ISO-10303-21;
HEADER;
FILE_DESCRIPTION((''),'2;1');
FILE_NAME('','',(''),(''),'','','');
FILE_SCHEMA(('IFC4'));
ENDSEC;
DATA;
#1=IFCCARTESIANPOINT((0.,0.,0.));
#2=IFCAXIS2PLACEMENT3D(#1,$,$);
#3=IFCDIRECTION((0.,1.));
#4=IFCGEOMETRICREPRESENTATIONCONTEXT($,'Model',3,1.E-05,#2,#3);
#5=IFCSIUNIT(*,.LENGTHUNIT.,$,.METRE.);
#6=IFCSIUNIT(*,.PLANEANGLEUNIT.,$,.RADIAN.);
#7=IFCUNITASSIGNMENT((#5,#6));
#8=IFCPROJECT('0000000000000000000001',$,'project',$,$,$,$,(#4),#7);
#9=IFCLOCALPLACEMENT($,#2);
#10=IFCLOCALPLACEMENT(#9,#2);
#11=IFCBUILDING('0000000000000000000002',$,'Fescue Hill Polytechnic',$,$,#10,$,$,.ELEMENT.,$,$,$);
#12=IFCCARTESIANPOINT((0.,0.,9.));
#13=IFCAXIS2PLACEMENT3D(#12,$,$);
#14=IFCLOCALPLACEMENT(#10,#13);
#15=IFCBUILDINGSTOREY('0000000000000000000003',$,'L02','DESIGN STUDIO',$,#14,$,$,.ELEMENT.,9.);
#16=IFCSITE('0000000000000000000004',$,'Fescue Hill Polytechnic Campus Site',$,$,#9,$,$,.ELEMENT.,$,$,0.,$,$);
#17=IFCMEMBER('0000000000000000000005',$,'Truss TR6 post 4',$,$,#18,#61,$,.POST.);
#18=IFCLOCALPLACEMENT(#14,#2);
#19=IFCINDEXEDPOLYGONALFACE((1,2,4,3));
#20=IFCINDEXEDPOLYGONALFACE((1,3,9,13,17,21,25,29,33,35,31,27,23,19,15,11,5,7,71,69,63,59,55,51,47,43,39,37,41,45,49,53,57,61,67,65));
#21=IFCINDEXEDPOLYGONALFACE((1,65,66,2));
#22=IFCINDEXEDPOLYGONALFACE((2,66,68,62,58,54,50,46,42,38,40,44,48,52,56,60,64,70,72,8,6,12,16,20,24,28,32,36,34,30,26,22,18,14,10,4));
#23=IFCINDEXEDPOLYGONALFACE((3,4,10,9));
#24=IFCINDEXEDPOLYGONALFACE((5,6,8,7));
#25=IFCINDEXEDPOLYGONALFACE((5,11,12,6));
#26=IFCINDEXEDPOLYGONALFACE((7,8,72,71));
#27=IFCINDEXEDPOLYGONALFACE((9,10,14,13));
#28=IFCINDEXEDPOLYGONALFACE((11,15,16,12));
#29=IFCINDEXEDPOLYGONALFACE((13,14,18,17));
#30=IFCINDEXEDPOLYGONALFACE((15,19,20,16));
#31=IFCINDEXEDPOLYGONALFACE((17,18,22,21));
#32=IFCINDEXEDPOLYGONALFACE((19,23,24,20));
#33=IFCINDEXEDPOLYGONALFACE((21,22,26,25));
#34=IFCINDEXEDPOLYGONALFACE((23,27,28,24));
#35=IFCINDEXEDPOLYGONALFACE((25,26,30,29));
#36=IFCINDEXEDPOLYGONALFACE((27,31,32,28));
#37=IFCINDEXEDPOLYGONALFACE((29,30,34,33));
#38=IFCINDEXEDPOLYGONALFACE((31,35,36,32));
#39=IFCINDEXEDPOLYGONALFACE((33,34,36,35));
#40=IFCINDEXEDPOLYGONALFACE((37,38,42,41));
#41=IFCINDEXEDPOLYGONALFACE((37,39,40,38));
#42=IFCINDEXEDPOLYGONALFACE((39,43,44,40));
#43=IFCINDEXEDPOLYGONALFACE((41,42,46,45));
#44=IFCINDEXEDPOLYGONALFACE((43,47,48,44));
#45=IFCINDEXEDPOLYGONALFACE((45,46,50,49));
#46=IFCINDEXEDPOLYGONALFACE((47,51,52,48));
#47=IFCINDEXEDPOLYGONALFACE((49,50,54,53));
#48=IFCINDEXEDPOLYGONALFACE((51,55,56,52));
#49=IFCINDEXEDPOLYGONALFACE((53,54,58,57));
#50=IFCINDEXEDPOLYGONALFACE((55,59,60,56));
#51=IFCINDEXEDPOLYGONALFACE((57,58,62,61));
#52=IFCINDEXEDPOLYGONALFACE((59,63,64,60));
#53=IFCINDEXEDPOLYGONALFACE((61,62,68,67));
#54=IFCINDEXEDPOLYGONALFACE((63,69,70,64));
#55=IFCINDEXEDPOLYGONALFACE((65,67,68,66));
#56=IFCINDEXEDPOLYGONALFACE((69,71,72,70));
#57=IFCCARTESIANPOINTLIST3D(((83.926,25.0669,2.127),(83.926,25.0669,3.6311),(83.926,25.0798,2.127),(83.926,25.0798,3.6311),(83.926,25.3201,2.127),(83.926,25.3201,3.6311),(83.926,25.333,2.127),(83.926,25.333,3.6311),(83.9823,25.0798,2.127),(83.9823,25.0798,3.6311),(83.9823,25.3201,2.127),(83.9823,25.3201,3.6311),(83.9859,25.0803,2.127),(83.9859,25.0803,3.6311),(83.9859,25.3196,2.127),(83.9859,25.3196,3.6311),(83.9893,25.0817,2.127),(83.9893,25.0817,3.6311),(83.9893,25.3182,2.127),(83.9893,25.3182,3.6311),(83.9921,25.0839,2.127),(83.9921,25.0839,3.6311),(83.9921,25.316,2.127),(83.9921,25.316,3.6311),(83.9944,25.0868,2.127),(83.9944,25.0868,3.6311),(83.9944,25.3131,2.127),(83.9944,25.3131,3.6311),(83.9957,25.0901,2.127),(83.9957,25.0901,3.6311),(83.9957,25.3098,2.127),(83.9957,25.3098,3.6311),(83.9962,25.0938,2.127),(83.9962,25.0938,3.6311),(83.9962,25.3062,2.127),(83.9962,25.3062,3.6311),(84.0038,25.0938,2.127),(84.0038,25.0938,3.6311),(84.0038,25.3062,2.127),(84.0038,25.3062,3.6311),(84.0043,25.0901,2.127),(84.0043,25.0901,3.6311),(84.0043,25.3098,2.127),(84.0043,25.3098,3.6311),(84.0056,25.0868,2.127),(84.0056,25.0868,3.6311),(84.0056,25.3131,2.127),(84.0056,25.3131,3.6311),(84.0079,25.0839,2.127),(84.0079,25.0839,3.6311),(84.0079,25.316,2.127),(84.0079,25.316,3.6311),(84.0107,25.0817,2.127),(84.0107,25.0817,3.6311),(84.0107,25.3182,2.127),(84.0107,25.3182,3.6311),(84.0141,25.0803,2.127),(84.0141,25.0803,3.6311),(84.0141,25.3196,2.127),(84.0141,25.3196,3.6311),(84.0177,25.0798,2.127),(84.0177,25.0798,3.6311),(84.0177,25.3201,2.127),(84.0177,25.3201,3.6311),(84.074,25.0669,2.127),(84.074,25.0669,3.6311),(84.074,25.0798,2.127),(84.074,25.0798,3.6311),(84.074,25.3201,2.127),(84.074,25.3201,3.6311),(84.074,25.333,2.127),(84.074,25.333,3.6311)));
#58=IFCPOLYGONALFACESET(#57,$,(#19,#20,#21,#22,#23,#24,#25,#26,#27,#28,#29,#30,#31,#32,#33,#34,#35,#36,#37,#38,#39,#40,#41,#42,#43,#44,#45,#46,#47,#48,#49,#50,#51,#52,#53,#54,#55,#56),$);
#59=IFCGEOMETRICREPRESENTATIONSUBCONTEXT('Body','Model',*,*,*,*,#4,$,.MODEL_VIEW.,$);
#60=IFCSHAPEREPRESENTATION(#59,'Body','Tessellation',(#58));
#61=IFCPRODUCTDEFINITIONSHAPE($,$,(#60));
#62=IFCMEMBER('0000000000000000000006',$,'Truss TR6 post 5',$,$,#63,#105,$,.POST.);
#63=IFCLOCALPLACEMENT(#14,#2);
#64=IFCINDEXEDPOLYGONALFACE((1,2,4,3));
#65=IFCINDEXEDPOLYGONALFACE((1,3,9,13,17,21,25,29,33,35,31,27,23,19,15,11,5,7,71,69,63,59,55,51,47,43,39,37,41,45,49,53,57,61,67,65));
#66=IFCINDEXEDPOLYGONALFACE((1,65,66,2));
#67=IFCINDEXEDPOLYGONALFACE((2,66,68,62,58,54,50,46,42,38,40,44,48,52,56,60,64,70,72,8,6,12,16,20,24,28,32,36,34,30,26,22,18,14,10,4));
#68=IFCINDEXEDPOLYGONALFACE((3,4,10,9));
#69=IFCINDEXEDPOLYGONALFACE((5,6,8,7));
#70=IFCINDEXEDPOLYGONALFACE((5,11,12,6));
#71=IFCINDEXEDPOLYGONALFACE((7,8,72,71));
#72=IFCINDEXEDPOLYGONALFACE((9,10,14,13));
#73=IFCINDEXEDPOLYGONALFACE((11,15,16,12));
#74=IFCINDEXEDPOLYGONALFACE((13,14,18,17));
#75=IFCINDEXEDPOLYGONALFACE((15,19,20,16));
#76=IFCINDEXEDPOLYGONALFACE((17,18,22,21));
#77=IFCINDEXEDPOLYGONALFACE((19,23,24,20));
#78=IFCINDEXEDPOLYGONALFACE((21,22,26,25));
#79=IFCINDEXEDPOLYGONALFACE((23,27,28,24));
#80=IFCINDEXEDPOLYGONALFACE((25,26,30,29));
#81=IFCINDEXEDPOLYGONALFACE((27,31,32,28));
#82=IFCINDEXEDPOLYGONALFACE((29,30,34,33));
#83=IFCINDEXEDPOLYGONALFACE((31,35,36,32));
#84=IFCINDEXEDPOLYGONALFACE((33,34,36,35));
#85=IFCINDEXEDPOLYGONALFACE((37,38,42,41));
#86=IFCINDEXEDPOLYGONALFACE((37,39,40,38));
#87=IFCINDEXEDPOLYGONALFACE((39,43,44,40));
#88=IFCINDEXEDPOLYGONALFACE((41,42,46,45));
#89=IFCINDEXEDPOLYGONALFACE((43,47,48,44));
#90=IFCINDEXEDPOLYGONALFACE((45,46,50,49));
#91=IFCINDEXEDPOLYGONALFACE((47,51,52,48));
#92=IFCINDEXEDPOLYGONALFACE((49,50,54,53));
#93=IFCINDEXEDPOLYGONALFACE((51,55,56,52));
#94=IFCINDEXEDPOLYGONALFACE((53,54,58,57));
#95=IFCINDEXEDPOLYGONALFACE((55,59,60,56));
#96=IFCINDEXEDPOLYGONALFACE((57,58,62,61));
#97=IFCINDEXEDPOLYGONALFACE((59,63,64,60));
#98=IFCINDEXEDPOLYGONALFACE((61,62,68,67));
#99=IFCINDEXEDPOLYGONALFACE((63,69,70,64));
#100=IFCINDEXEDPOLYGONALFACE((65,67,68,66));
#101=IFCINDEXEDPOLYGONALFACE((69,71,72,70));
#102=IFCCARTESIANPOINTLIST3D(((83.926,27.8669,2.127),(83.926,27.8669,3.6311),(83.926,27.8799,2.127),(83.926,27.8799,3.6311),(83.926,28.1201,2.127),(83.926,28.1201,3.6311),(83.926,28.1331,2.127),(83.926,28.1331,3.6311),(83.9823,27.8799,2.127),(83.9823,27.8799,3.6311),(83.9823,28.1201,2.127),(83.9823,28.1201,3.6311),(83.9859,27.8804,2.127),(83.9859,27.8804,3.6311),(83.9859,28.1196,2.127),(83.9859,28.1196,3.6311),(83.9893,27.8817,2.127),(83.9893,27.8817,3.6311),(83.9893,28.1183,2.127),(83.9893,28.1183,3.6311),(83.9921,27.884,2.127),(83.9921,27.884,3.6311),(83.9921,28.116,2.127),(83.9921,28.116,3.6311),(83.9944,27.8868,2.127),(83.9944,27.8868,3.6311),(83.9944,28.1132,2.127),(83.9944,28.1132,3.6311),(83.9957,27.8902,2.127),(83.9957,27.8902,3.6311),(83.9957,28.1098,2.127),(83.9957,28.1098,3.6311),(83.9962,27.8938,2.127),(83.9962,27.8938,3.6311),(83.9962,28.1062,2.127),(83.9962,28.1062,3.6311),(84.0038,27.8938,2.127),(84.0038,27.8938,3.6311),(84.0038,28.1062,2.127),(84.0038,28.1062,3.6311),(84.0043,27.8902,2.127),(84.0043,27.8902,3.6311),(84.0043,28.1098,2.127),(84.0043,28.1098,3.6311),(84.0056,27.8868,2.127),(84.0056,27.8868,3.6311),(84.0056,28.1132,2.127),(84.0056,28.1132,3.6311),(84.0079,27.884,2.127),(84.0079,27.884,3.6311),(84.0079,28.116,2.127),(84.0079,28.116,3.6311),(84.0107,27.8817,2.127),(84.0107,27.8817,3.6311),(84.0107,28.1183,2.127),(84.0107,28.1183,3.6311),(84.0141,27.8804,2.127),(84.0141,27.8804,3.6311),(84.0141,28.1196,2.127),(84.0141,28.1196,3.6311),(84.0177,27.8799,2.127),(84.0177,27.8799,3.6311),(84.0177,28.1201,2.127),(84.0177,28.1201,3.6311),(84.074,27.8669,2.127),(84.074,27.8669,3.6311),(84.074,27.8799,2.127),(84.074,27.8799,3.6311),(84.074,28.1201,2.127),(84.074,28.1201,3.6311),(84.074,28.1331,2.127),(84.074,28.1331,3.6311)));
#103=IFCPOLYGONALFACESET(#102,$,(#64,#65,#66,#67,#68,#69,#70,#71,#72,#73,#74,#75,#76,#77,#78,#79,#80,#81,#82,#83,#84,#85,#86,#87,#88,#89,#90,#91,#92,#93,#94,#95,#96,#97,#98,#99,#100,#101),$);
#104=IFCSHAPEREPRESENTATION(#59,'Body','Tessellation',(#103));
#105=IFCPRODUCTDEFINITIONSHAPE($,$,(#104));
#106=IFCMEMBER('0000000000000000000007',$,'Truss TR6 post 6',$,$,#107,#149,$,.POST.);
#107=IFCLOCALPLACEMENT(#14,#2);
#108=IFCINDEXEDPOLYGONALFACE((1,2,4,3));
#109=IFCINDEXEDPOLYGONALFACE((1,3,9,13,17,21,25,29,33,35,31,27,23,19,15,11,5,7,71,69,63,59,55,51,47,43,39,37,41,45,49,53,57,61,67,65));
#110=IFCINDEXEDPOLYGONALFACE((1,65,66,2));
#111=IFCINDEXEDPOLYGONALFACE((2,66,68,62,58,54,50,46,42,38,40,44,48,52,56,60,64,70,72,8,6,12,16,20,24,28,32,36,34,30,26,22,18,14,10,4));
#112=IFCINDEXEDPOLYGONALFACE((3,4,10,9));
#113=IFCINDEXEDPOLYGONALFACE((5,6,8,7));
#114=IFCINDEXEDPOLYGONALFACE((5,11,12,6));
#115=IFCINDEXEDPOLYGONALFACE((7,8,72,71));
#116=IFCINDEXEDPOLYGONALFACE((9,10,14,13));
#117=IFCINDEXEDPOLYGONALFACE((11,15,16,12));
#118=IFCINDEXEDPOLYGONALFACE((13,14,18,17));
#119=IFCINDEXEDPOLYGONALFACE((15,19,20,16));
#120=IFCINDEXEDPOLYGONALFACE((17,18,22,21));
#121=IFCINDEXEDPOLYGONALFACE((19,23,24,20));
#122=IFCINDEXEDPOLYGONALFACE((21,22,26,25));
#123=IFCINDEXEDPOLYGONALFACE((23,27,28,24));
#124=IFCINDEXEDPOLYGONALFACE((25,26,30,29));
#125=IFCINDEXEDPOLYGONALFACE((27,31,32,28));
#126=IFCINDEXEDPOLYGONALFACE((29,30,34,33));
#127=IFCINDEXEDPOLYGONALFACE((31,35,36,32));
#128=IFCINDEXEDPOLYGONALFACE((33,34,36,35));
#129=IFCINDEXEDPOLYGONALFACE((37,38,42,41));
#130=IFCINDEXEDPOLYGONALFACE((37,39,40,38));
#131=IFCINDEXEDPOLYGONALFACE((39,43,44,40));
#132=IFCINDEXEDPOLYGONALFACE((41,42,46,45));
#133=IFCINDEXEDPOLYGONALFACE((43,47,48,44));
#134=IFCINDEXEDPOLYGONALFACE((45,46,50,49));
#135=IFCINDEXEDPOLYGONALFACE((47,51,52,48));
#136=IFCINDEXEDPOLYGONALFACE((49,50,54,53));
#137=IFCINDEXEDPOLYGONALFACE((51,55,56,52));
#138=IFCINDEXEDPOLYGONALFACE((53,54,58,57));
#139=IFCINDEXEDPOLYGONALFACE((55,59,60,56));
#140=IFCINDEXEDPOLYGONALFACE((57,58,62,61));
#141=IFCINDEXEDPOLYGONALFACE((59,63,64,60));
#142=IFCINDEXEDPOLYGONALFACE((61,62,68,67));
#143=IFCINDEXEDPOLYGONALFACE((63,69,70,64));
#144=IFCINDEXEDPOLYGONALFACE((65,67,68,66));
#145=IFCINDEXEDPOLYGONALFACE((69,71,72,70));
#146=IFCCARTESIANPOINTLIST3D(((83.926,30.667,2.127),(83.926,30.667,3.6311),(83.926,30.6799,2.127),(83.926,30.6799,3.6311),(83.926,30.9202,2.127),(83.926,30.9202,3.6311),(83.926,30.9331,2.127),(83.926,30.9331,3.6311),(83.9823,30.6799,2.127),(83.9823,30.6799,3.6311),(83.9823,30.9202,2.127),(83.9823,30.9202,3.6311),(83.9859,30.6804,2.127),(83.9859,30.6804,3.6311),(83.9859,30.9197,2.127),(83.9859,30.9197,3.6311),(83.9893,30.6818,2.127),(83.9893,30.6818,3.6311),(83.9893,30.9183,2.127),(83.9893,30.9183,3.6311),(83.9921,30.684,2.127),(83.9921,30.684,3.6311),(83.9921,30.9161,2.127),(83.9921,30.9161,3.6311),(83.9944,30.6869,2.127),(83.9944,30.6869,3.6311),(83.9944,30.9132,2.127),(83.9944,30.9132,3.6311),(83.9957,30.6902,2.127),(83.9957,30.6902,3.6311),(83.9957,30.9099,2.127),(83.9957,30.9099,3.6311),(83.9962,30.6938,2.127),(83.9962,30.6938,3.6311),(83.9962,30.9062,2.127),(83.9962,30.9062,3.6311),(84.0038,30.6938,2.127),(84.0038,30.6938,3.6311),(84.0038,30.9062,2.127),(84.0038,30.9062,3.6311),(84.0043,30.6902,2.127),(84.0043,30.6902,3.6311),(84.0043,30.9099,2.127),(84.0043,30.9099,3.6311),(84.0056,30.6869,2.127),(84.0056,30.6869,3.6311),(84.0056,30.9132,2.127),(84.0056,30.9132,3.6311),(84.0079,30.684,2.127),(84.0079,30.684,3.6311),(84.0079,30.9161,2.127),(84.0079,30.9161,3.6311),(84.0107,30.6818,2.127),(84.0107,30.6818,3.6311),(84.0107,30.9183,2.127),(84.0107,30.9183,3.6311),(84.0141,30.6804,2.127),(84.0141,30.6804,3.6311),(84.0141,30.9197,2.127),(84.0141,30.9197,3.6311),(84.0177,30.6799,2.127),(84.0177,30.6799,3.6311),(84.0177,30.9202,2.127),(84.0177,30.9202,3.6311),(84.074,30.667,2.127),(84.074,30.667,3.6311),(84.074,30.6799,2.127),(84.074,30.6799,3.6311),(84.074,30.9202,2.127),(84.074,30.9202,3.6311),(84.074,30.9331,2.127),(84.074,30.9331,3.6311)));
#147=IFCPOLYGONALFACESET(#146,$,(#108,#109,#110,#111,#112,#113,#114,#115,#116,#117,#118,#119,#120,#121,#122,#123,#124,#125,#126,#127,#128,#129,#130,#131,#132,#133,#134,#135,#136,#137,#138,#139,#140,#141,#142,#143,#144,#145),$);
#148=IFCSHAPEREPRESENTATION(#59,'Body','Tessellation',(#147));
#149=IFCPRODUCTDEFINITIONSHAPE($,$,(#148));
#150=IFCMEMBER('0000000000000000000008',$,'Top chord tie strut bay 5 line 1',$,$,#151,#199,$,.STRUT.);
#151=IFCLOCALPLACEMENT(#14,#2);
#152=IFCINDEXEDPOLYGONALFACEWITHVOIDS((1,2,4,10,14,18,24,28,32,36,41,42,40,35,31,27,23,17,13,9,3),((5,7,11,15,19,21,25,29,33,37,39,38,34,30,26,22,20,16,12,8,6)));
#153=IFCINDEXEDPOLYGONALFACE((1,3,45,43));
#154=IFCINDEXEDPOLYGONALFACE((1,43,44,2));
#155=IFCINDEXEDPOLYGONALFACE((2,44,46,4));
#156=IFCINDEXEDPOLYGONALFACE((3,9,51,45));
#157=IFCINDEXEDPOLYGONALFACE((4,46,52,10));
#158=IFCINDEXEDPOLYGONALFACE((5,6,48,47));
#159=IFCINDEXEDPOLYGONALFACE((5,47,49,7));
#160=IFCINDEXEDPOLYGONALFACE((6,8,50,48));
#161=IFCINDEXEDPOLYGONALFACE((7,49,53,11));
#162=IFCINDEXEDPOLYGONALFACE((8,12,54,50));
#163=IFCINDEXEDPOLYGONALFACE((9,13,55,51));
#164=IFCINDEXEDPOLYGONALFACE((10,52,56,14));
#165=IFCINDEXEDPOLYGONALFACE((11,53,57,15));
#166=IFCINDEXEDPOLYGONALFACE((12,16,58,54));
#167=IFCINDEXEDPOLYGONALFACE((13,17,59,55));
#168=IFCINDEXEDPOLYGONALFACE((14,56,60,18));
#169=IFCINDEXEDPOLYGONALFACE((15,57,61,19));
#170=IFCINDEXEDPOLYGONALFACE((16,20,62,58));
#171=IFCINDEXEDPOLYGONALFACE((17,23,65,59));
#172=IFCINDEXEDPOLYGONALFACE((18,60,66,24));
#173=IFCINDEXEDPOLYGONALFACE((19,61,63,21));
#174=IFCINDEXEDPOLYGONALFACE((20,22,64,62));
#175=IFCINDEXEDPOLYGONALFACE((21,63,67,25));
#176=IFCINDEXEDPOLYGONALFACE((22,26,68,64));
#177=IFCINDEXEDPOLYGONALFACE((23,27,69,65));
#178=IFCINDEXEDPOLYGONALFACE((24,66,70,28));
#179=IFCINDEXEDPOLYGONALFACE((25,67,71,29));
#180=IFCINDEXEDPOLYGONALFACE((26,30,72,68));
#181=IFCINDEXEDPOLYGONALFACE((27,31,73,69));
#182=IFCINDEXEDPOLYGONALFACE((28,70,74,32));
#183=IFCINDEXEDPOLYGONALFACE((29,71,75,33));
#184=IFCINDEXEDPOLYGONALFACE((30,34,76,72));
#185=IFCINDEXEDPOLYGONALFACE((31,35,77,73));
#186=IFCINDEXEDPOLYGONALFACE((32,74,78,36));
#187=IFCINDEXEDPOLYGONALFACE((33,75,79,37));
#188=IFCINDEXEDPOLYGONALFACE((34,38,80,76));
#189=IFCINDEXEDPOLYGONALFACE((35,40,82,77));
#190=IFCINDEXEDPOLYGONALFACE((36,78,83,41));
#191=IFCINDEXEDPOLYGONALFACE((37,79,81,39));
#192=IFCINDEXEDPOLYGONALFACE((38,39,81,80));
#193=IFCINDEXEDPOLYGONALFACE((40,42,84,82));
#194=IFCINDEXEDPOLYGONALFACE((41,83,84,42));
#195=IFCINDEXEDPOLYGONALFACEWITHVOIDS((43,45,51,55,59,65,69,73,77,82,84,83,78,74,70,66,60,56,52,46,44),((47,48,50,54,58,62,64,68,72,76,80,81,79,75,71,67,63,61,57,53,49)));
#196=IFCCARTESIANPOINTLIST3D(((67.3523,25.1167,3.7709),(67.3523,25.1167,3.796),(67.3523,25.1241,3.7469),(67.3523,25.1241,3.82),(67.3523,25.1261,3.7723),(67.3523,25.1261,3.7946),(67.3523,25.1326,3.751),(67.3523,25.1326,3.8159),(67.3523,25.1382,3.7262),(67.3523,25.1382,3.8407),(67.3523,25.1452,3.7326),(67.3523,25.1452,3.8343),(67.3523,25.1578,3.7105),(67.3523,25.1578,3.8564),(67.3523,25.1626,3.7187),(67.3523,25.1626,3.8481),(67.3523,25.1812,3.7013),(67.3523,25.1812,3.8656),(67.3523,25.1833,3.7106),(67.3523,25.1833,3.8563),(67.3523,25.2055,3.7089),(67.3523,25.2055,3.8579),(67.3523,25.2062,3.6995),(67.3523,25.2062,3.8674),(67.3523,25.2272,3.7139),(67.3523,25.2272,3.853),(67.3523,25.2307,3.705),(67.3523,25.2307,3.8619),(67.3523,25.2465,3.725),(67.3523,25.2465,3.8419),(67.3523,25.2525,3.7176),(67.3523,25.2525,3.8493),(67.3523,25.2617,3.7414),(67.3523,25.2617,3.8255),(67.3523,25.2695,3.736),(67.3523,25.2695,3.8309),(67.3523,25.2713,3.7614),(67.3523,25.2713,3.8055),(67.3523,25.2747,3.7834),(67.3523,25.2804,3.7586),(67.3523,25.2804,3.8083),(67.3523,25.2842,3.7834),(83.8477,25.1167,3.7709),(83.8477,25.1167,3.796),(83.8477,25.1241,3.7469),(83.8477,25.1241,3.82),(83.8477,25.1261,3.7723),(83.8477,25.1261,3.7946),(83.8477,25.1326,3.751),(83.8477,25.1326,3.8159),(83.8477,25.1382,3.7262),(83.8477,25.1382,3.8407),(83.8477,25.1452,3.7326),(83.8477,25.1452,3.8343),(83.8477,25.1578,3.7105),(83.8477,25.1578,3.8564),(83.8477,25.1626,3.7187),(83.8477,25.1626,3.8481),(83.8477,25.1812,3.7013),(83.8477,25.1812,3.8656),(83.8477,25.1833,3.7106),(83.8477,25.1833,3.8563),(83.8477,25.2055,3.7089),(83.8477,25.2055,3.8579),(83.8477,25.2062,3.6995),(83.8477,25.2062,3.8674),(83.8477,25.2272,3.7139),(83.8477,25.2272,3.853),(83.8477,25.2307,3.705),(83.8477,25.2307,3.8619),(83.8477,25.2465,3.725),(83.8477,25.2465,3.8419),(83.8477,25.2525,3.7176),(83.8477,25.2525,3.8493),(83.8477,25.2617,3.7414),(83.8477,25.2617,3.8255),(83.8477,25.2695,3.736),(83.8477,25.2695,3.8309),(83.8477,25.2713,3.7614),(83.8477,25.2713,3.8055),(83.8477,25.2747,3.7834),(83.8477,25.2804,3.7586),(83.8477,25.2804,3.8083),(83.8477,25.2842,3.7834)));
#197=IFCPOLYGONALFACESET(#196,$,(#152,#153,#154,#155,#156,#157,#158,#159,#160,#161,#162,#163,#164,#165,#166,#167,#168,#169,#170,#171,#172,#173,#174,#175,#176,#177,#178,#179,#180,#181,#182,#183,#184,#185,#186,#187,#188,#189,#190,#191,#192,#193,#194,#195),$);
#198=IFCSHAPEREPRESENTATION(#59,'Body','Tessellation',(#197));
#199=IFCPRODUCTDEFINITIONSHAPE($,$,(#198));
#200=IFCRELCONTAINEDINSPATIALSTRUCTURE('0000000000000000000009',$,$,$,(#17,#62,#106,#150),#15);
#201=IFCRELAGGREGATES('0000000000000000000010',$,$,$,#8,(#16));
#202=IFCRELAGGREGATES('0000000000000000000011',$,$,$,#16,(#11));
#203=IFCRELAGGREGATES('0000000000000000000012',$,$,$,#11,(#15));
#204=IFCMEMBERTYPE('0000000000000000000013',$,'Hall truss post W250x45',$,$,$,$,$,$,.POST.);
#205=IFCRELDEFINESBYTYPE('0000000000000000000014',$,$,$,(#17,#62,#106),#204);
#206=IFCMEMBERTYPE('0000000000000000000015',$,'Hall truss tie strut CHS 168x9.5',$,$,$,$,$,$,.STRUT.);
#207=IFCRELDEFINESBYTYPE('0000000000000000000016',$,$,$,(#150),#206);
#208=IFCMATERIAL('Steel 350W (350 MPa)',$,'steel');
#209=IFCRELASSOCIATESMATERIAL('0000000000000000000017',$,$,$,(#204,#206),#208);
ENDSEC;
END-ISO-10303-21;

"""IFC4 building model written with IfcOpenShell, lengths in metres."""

from ifc_helpers import new_model, si_unit, direction, frame, origin, origin_2d, place, context, subcontext, project, spatial, hollow_circle, i_section, extrude, material, material_profile, profile_set, type_object, element, save


model = new_model("IFC4")

# Units and contexts
model_context = context("Model", 3, precision=1e-05, world=origin(), true_north=direction((0.0, 1.0)))
body_context = subcontext(model_context, "Body", "Model", "MODEL_VIEW")
ifc_project = project(units=[si_unit("LENGTHUNIT", "METRE"), si_unit("PLANEANGLEUNIT", "RADIAN")], contexts=[model_context])

# Site, building, storey
site_placement = place(None, origin())
site = spatial("IfcSite", under=ifc_project, at=site_placement, Name="Fescue Hill Polytechnic Campus Site", CompositionType="ELEMENT", RefElevation=0.0)
building_placement = place(site_placement, origin())
building = spatial("IfcBuilding", under=site, at=building_placement, Name="Fescue Hill Polytechnic", CompositionType="ELEMENT")
storey_placement = place(building_placement, frame((0.0, 0.0, 9.0)))
storey = spatial("IfcBuildingStorey", under=building, at=storey_placement, Name="L02", Description="DESIGN STUDIO", CompositionType="ELEMENT", Elevation=9.0)

# Members
ifc_material = material(Name="Steel 350W (350 MPa)", Category="steel")
ifc_material_profile_1 = material_profile(ifc_material, i_section(OverallWidth=0.1479, OverallDepth=0.2661, WebThickness=0.0076, FlangeThickness=0.0129, FilletRadius=0.0139, at=origin_2d()), Name="W250x45")
ifc_profile_set_1 = profile_set([ifc_material_profile_1], Name="Steel 350W (350 MPa)")
member_type_1 = type_object("IfcMemberType", Name="Hall truss post W250x45", PredefinedType="POST", material=ifc_profile_set_1)
for number, where, z_axis, x_axis, name in (
    (1, (84.0, 25.2, 2.127), (0.0, 0.0, 1.0), (1.0, 0.0, 0.0), "Truss TR6 post 4"),
    (2, (84.0, 28.0, 2.127), (0.0, 0.0, 1.0), (1.0, 0.0, 0.0), "Truss TR6 post 5"),
    (3, (84.0, 30.8, 2.127), (0.0, 0.0, 1.0), (1.0, 0.0, 0.0), "Truss TR6 post 6"),
):
    element("IfcMember", number, at=place(storey_placement, frame(where, z_axis=z_axis, x_axis=x_axis)), inside=storey, type_object=member_type_1, Name=name, PredefinedType="POST", context=body_context, shape_type="SweptSolid", body=[
        extrude(i_section(OverallWidth=0.1479, OverallDepth=0.2661, WebThickness=0.0076, FlangeThickness=0.0129, FilletRadius=0.0139, at=origin_2d()), origin(), (0.0, 0.0, 1.0), 1.5042),
    ])
ifc_material_profile_2 = material_profile(ifc_material, hollow_circle(Radius=0.0842, WallThickness=0.0095, at=origin_2d()), Name="Hall truss tie strut CHS 168x9.5")
ifc_profile_set_2 = profile_set([ifc_material_profile_2], Name="Steel 350W (350 MPa)")
member_type_2 = type_object("IfcMemberType", Name="Hall truss tie strut CHS 168x9.5", PredefinedType="STRUT", material=ifc_profile_set_2)
member_1_placement = place(storey_placement, frame((67.3523, 25.2, 3.7834), z_axis=(1.0, 0.0, 0.0), x_axis=(0.0, 1.0, 0.0)))
element("IfcMember", 4, at=member_1_placement, inside=storey, type_object=member_type_2, Name="Top chord tie strut bay 5 line 1", PredefinedType="STRUT", context=body_context, shape_type="SweptSolid", body=[
    extrude(hollow_circle(Radius=0.0842, WallThickness=0.0095, at=origin_2d()), origin(), (0.0, 0.0, 1.0), 16.4954),
])

save(model, "model.ifc")
